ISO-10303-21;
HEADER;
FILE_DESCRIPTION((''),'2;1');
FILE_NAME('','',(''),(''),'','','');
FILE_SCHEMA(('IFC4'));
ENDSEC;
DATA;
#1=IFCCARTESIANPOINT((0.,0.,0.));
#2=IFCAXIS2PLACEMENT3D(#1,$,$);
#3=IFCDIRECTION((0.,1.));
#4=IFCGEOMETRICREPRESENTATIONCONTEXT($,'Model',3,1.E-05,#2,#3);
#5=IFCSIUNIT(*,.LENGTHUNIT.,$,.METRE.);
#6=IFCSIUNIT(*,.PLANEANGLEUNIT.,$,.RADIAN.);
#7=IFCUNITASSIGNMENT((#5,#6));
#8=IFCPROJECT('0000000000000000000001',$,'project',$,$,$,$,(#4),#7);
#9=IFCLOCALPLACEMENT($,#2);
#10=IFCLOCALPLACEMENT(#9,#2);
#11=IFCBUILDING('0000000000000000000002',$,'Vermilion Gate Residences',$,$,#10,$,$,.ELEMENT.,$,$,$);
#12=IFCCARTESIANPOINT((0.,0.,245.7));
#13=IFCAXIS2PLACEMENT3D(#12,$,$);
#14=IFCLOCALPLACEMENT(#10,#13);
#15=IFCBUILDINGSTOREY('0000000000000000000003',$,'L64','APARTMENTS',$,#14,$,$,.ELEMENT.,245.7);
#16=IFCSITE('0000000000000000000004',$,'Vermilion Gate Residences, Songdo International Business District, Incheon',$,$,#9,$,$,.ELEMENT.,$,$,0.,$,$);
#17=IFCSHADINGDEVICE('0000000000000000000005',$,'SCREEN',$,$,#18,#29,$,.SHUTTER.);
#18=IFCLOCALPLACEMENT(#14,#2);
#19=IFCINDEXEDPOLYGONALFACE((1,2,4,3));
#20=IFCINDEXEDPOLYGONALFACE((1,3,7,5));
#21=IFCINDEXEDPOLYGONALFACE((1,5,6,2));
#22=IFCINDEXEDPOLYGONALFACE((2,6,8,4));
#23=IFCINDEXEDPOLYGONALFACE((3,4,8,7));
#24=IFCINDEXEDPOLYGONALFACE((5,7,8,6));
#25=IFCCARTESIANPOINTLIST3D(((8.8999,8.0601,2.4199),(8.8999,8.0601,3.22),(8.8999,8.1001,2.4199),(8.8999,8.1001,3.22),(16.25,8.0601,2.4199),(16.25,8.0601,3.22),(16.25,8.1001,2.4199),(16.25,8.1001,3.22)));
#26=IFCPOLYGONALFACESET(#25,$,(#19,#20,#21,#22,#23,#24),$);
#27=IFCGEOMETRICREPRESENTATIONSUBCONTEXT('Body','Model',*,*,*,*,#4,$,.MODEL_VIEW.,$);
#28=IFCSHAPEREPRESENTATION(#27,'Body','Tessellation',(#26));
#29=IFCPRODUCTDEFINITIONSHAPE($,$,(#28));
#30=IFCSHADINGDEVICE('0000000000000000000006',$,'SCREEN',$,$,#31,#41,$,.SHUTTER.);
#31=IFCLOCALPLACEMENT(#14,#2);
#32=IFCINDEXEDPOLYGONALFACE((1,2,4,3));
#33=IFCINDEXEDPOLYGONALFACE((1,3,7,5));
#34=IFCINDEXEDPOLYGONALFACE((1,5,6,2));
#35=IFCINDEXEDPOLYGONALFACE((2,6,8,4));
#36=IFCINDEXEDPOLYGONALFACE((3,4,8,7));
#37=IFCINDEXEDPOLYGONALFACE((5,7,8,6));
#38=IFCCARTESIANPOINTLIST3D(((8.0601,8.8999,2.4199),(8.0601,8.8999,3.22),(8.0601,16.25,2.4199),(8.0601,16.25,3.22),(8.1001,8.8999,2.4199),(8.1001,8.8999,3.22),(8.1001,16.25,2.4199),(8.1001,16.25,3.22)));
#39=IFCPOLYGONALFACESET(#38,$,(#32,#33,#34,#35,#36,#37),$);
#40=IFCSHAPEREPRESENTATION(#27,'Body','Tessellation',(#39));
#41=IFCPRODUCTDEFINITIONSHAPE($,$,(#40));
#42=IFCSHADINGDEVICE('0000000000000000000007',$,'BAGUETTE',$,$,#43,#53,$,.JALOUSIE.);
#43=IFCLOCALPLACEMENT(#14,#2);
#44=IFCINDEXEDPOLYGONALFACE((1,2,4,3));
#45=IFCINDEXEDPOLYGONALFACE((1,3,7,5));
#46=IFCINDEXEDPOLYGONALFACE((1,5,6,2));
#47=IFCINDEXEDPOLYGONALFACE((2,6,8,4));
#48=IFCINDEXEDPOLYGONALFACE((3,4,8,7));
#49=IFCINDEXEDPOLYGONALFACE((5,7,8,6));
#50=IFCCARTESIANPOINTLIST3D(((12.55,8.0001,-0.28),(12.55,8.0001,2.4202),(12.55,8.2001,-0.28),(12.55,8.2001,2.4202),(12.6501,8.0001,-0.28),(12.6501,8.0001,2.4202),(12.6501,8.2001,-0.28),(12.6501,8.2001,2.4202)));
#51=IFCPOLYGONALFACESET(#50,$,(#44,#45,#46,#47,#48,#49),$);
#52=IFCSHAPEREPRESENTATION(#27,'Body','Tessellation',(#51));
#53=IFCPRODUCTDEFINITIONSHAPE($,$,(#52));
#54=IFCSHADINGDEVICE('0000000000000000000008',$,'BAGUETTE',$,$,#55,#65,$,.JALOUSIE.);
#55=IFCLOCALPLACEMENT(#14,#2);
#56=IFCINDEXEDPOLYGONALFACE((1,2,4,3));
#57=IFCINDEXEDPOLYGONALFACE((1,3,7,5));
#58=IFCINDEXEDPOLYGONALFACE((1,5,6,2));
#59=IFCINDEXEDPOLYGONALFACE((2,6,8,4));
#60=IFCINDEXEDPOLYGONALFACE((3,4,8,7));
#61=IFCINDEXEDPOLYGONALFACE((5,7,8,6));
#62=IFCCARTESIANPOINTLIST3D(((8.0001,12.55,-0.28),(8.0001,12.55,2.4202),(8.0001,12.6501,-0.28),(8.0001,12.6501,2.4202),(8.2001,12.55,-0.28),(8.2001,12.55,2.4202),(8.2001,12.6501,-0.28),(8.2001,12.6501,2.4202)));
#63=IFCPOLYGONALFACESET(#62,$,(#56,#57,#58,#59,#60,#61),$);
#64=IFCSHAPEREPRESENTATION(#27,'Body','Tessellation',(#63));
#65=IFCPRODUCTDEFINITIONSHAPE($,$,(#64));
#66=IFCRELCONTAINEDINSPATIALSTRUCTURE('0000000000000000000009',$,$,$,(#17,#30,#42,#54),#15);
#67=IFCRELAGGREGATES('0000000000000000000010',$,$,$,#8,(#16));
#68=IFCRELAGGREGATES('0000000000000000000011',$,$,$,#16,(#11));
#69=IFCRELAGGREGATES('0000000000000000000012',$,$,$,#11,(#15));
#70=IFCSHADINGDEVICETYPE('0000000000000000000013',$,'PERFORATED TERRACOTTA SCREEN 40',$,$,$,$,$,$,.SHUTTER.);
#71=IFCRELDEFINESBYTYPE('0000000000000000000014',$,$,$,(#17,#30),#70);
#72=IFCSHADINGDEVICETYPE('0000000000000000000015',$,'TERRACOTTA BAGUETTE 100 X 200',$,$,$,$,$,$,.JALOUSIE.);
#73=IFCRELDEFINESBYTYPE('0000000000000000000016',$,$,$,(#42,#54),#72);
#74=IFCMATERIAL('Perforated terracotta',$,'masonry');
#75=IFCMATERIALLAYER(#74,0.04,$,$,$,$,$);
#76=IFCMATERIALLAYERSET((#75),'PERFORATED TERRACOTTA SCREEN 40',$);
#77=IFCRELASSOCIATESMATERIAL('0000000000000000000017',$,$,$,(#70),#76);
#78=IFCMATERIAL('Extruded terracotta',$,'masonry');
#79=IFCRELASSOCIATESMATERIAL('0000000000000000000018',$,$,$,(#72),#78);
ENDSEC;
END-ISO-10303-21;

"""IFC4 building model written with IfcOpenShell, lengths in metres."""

from ifc_helpers import new_model, si_unit, direction, frame, origin, origin_2d, place, context, subcontext, project, spatial, rectangle, extrude, material, layer, layer_set, material_profile, profile_set, type_object, element, save


model = new_model("IFC4")

# Units and contexts
model_context = context("Model", 3, precision=1e-05, world=origin(), true_north=direction((0.0, 1.0)))
body_context = subcontext(model_context, "Body", "Model", "MODEL_VIEW")
ifc_project = project(units=[si_unit("LENGTHUNIT", "METRE"), si_unit("PLANEANGLEUNIT", "RADIAN")], contexts=[model_context])

# Site, building, storey
site_placement = place(None, origin())
site = spatial("IfcSite", under=ifc_project, at=site_placement, Name="Vermilion Gate Residences, Songdo International Business District, Incheon", CompositionType="ELEMENT", RefElevation=0.0)
building_placement = place(site_placement, origin())
building = spatial("IfcBuilding", under=site, at=building_placement, Name="Vermilion Gate Residences", CompositionType="ELEMENT")
storey_placement = place(building_placement, frame((0.0, 0.0, 245.7)))
storey = spatial("IfcBuildingStorey", under=building, at=storey_placement, Name="L64", Description="APARTMENTS", CompositionType="ELEMENT", Elevation=245.7)

# Shading devices
ifc_material_1 = material(Name="Perforated terracotta", Category="masonry")
ifc_layer_1 = layer(ifc_material_1, 0.04)
ifc_layer_set_1 = layer_set([ifc_layer_1], Name="PERFORATED TERRACOTTA SCREEN 40")
shading_device_type_1 = type_object("IfcShadingDeviceType", Name="PERFORATED TERRACOTTA SCREEN 40", PredefinedType="SHUTTER", material=ifc_layer_set_1)
for number, where, z_axis, x_axis, name in (
    (1, (12.575, 8.0801, 2.4199), (0.0, 0.0, 1.0), (1.0, 0.0, 0.0), "SCREEN"),
    (2, (8.0801, 12.575, 2.4199), (0.0, 0.0, 1.0), (0.0, -1.0, 0.0), "SCREEN"),
):
    element("IfcShadingDevice", number, at=place(storey_placement, frame(where, z_axis=z_axis, x_axis=x_axis)), inside=storey, type_object=shading_device_type_1, Name=name, PredefinedType="SHUTTER", context=body_context, shape_type="SweptSolid", body=[
        extrude(rectangle(XDim=7.3501, YDim=0.04, at=origin_2d()), origin(), (0.0, 0.0, 1.0), 0.8),
    ])
ifc_material_2 = material(Name="Extruded terracotta", Category="masonry")
ifc_material_profile_1 = material_profile(ifc_material_2, rectangle(XDim=0.2, YDim=0.1001, at=origin_2d()), Name="BAGUETTE 100 X 200")
ifc_profile_set_1 = profile_set([ifc_material_profile_1], Name="Extruded terracotta")
shading_device_type_2 = type_object("IfcShadingDeviceType", Name="TERRACOTTA BAGUETTE 100 X 200", PredefinedType="JALOUSIE", material=ifc_profile_set_1)
for number, where, z_axis, x_axis, name in (
    (3, (12.6001, 8.1001, -0.28), (0.0, 0.0, 1.0), (0.0, 1.0, 0.0), "BAGUETTE"),
    (4, (8.1001, 12.6001, -0.28), (0.0, 0.0, 1.0), (1.0, 0.0, 0.0), "BAGUETTE"),
):
    element("IfcShadingDevice", number, at=place(storey_placement, frame(where, z_axis=z_axis, x_axis=x_axis)), inside=storey, type_object=shading_device_type_2, Name=name, PredefinedType="JALOUSIE", context=body_context, shape_type="SweptSolid", body=[
        extrude(rectangle(XDim=0.2, YDim=0.1001, at=origin_2d()), origin(), (0.0, 0.0, 1.0), 2.7002),
    ])

save(model, "model.ifc")
